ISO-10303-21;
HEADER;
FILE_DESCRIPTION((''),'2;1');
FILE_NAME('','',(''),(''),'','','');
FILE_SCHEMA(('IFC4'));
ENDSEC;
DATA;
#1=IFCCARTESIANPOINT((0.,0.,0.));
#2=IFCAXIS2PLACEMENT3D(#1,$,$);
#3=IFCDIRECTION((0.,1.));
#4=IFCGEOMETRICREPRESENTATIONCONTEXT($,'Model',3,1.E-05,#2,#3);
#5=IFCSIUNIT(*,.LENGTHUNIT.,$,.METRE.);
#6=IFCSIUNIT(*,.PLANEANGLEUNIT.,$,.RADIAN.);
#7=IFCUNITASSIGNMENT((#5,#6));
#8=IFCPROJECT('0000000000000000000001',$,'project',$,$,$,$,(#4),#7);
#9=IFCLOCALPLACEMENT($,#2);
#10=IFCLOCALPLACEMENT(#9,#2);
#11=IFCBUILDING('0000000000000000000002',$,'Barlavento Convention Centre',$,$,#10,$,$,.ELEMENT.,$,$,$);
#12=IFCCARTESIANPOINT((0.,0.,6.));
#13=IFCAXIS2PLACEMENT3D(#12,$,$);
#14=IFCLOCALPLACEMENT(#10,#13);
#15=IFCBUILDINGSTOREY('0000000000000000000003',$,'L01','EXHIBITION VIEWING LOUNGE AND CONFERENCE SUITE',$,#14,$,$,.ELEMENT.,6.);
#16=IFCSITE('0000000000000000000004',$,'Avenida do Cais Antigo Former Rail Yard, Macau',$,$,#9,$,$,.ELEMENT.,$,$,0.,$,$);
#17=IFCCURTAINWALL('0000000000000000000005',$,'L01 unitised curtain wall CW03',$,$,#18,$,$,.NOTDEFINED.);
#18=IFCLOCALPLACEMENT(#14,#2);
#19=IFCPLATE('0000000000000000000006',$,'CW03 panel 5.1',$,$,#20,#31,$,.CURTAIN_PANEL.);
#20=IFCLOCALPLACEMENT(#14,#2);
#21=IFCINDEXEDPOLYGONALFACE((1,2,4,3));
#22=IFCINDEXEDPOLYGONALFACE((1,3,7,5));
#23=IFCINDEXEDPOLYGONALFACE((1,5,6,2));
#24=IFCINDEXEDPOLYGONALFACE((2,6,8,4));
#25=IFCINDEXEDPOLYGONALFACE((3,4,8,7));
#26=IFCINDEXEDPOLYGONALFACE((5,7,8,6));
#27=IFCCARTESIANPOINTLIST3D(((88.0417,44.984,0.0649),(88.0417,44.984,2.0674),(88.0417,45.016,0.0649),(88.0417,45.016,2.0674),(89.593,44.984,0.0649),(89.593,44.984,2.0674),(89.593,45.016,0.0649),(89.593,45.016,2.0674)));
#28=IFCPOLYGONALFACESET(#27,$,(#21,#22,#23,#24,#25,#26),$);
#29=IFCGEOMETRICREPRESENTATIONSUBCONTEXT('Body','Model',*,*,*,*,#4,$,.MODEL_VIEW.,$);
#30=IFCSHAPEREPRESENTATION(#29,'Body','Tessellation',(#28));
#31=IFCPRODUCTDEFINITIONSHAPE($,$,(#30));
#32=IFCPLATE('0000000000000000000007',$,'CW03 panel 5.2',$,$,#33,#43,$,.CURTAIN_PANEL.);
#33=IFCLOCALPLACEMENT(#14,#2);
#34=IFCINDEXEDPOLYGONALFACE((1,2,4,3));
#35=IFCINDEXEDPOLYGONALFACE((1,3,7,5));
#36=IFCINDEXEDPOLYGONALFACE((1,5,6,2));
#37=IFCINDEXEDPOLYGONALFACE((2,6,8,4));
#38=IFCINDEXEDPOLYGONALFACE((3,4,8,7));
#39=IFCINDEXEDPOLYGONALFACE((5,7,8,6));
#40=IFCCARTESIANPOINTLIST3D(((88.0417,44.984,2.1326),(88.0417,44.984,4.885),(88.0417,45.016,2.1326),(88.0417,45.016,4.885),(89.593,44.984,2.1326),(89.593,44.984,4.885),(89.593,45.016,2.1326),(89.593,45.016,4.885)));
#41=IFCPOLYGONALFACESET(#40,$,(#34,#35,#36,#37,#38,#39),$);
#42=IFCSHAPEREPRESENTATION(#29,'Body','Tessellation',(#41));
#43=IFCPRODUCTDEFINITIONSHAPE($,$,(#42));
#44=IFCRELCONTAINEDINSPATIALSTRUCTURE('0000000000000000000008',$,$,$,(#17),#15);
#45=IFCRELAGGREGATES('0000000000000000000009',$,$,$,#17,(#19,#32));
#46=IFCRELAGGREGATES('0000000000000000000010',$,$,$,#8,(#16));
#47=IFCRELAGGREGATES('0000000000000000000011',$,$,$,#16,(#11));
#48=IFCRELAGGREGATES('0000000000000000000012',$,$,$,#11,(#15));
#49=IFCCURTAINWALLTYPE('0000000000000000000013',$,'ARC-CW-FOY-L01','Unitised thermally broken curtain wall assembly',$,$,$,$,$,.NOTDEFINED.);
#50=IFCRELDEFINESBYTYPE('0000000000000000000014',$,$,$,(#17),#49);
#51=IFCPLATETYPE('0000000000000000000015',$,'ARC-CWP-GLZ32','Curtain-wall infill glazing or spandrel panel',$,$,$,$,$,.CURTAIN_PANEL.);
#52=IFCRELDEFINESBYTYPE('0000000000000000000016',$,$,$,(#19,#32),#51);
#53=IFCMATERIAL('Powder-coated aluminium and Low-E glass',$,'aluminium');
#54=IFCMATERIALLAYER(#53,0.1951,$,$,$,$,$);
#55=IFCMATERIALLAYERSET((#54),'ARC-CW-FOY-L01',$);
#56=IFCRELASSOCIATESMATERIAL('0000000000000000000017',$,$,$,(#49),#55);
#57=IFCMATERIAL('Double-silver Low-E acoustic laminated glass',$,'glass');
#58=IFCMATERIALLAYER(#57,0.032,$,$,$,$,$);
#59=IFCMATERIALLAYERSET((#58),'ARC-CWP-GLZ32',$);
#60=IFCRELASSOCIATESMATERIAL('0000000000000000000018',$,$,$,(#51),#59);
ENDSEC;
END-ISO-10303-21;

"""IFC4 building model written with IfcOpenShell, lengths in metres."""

from ifc_helpers import new_model, si_unit, direction, frame, origin, origin_2d, place, context, subcontext, project, spatial, rectangle, extrude, material, layer, layer_set, type_object, element, aggregate, save


model = new_model("IFC4")

# Units and contexts
model_context = context("Model", 3, precision=1e-05, world=origin(), true_north=direction((0.0, 1.0)))
body_context = subcontext(model_context, "Body", "Model", "MODEL_VIEW")
ifc_project = project(units=[si_unit("LENGTHUNIT", "METRE"), si_unit("PLANEANGLEUNIT", "RADIAN")], contexts=[model_context])

# Site, building, storey
site_placement = place(None, origin())
site = spatial("IfcSite", under=ifc_project, at=site_placement, Name="Avenida do Cais Antigo Former Rail Yard, Macau", CompositionType="ELEMENT", RefElevation=0.0)
building_placement = place(site_placement, origin())
building = spatial("IfcBuilding", under=site, at=building_placement, Name="Barlavento Convention Centre", CompositionType="ELEMENT")
storey_placement = place(building_placement, frame((0.0, 0.0, 6.0)))
storey = spatial("IfcBuildingStorey", under=building, at=storey_placement, Name="L01", Description="EXHIBITION VIEWING LOUNGE AND CONFERENCE SUITE", CompositionType="ELEMENT", Elevation=6.0)

# Curtain wall
ifc_material_1 = material(Name="Powder-coated aluminium and Low-E glass", Category="aluminium")
ifc_layer_1 = layer(ifc_material_1, 0.1951)
ifc_layer_set_1 = layer_set([ifc_layer_1], Name="ARC-CW-FOY-L01")
curtain_wall_type = type_object("IfcCurtainWallType", Name="ARC-CW-FOY-L01", Description="Unitised thermally broken curtain wall assembly", PredefinedType="NOTDEFINED", material=ifc_layer_set_1)
curtain_wall_1_placement = place(storey_placement, origin())
curtain_wall_1 = element("IfcCurtainWall", 1, at=curtain_wall_1_placement, inside=storey, type_object=curtain_wall_type, Name="L01 unitised curtain wall CW03", PredefinedType="NOTDEFINED")

# Plates
ifc_material_2 = material(Name="Double-silver Low-E acoustic laminated glass", Category="glass")
ifc_layer_2 = layer(ifc_material_2, 0.032)
ifc_layer_set_2 = layer_set([ifc_layer_2], Name="ARC-CWP-GLZ32")
plate_type = type_object("IfcPlateType", Name="ARC-CWP-GLZ32", Description="Curtain-wall infill glazing or spandrel panel", PredefinedType="CURTAIN_PANEL", material=ifc_layer_set_2)
plate_1_placement = place(storey_placement, frame((88.8174, 45.0, 0.0649), z_axis=(0.0, 0.0, 1.0), x_axis=(1.0, 0.0, 0.0)))
plate_1 = element("IfcPlate", 2, at=plate_1_placement, type_object=plate_type, Name="CW03 panel 5.1", PredefinedType="CURTAIN_PANEL", context=body_context, shape_type="SweptSolid", body=[
    extrude(rectangle(XDim=1.5513, YDim=0.032, at=origin_2d()), origin(), (0.0, 0.0, 1.0), 2.0024),
])
plate_2_placement = place(storey_placement, frame((88.8174, 45.0, 2.1326), z_axis=(0.0, 0.0, 1.0), x_axis=(1.0, 0.0, 0.0)))
plate_2 = element("IfcPlate", 3, at=plate_2_placement, type_object=plate_type, Name="CW03 panel 5.2", PredefinedType="CURTAIN_PANEL", context=body_context, shape_type="SweptSolid", body=[
    extrude(rectangle(XDim=1.5513, YDim=0.032, at=origin_2d()), origin(), (0.0, 0.0, 1.0), 2.7524),
])
aggregate(curtain_wall_1, [plate_1, plate_2])

save(model, "model.ifc")
